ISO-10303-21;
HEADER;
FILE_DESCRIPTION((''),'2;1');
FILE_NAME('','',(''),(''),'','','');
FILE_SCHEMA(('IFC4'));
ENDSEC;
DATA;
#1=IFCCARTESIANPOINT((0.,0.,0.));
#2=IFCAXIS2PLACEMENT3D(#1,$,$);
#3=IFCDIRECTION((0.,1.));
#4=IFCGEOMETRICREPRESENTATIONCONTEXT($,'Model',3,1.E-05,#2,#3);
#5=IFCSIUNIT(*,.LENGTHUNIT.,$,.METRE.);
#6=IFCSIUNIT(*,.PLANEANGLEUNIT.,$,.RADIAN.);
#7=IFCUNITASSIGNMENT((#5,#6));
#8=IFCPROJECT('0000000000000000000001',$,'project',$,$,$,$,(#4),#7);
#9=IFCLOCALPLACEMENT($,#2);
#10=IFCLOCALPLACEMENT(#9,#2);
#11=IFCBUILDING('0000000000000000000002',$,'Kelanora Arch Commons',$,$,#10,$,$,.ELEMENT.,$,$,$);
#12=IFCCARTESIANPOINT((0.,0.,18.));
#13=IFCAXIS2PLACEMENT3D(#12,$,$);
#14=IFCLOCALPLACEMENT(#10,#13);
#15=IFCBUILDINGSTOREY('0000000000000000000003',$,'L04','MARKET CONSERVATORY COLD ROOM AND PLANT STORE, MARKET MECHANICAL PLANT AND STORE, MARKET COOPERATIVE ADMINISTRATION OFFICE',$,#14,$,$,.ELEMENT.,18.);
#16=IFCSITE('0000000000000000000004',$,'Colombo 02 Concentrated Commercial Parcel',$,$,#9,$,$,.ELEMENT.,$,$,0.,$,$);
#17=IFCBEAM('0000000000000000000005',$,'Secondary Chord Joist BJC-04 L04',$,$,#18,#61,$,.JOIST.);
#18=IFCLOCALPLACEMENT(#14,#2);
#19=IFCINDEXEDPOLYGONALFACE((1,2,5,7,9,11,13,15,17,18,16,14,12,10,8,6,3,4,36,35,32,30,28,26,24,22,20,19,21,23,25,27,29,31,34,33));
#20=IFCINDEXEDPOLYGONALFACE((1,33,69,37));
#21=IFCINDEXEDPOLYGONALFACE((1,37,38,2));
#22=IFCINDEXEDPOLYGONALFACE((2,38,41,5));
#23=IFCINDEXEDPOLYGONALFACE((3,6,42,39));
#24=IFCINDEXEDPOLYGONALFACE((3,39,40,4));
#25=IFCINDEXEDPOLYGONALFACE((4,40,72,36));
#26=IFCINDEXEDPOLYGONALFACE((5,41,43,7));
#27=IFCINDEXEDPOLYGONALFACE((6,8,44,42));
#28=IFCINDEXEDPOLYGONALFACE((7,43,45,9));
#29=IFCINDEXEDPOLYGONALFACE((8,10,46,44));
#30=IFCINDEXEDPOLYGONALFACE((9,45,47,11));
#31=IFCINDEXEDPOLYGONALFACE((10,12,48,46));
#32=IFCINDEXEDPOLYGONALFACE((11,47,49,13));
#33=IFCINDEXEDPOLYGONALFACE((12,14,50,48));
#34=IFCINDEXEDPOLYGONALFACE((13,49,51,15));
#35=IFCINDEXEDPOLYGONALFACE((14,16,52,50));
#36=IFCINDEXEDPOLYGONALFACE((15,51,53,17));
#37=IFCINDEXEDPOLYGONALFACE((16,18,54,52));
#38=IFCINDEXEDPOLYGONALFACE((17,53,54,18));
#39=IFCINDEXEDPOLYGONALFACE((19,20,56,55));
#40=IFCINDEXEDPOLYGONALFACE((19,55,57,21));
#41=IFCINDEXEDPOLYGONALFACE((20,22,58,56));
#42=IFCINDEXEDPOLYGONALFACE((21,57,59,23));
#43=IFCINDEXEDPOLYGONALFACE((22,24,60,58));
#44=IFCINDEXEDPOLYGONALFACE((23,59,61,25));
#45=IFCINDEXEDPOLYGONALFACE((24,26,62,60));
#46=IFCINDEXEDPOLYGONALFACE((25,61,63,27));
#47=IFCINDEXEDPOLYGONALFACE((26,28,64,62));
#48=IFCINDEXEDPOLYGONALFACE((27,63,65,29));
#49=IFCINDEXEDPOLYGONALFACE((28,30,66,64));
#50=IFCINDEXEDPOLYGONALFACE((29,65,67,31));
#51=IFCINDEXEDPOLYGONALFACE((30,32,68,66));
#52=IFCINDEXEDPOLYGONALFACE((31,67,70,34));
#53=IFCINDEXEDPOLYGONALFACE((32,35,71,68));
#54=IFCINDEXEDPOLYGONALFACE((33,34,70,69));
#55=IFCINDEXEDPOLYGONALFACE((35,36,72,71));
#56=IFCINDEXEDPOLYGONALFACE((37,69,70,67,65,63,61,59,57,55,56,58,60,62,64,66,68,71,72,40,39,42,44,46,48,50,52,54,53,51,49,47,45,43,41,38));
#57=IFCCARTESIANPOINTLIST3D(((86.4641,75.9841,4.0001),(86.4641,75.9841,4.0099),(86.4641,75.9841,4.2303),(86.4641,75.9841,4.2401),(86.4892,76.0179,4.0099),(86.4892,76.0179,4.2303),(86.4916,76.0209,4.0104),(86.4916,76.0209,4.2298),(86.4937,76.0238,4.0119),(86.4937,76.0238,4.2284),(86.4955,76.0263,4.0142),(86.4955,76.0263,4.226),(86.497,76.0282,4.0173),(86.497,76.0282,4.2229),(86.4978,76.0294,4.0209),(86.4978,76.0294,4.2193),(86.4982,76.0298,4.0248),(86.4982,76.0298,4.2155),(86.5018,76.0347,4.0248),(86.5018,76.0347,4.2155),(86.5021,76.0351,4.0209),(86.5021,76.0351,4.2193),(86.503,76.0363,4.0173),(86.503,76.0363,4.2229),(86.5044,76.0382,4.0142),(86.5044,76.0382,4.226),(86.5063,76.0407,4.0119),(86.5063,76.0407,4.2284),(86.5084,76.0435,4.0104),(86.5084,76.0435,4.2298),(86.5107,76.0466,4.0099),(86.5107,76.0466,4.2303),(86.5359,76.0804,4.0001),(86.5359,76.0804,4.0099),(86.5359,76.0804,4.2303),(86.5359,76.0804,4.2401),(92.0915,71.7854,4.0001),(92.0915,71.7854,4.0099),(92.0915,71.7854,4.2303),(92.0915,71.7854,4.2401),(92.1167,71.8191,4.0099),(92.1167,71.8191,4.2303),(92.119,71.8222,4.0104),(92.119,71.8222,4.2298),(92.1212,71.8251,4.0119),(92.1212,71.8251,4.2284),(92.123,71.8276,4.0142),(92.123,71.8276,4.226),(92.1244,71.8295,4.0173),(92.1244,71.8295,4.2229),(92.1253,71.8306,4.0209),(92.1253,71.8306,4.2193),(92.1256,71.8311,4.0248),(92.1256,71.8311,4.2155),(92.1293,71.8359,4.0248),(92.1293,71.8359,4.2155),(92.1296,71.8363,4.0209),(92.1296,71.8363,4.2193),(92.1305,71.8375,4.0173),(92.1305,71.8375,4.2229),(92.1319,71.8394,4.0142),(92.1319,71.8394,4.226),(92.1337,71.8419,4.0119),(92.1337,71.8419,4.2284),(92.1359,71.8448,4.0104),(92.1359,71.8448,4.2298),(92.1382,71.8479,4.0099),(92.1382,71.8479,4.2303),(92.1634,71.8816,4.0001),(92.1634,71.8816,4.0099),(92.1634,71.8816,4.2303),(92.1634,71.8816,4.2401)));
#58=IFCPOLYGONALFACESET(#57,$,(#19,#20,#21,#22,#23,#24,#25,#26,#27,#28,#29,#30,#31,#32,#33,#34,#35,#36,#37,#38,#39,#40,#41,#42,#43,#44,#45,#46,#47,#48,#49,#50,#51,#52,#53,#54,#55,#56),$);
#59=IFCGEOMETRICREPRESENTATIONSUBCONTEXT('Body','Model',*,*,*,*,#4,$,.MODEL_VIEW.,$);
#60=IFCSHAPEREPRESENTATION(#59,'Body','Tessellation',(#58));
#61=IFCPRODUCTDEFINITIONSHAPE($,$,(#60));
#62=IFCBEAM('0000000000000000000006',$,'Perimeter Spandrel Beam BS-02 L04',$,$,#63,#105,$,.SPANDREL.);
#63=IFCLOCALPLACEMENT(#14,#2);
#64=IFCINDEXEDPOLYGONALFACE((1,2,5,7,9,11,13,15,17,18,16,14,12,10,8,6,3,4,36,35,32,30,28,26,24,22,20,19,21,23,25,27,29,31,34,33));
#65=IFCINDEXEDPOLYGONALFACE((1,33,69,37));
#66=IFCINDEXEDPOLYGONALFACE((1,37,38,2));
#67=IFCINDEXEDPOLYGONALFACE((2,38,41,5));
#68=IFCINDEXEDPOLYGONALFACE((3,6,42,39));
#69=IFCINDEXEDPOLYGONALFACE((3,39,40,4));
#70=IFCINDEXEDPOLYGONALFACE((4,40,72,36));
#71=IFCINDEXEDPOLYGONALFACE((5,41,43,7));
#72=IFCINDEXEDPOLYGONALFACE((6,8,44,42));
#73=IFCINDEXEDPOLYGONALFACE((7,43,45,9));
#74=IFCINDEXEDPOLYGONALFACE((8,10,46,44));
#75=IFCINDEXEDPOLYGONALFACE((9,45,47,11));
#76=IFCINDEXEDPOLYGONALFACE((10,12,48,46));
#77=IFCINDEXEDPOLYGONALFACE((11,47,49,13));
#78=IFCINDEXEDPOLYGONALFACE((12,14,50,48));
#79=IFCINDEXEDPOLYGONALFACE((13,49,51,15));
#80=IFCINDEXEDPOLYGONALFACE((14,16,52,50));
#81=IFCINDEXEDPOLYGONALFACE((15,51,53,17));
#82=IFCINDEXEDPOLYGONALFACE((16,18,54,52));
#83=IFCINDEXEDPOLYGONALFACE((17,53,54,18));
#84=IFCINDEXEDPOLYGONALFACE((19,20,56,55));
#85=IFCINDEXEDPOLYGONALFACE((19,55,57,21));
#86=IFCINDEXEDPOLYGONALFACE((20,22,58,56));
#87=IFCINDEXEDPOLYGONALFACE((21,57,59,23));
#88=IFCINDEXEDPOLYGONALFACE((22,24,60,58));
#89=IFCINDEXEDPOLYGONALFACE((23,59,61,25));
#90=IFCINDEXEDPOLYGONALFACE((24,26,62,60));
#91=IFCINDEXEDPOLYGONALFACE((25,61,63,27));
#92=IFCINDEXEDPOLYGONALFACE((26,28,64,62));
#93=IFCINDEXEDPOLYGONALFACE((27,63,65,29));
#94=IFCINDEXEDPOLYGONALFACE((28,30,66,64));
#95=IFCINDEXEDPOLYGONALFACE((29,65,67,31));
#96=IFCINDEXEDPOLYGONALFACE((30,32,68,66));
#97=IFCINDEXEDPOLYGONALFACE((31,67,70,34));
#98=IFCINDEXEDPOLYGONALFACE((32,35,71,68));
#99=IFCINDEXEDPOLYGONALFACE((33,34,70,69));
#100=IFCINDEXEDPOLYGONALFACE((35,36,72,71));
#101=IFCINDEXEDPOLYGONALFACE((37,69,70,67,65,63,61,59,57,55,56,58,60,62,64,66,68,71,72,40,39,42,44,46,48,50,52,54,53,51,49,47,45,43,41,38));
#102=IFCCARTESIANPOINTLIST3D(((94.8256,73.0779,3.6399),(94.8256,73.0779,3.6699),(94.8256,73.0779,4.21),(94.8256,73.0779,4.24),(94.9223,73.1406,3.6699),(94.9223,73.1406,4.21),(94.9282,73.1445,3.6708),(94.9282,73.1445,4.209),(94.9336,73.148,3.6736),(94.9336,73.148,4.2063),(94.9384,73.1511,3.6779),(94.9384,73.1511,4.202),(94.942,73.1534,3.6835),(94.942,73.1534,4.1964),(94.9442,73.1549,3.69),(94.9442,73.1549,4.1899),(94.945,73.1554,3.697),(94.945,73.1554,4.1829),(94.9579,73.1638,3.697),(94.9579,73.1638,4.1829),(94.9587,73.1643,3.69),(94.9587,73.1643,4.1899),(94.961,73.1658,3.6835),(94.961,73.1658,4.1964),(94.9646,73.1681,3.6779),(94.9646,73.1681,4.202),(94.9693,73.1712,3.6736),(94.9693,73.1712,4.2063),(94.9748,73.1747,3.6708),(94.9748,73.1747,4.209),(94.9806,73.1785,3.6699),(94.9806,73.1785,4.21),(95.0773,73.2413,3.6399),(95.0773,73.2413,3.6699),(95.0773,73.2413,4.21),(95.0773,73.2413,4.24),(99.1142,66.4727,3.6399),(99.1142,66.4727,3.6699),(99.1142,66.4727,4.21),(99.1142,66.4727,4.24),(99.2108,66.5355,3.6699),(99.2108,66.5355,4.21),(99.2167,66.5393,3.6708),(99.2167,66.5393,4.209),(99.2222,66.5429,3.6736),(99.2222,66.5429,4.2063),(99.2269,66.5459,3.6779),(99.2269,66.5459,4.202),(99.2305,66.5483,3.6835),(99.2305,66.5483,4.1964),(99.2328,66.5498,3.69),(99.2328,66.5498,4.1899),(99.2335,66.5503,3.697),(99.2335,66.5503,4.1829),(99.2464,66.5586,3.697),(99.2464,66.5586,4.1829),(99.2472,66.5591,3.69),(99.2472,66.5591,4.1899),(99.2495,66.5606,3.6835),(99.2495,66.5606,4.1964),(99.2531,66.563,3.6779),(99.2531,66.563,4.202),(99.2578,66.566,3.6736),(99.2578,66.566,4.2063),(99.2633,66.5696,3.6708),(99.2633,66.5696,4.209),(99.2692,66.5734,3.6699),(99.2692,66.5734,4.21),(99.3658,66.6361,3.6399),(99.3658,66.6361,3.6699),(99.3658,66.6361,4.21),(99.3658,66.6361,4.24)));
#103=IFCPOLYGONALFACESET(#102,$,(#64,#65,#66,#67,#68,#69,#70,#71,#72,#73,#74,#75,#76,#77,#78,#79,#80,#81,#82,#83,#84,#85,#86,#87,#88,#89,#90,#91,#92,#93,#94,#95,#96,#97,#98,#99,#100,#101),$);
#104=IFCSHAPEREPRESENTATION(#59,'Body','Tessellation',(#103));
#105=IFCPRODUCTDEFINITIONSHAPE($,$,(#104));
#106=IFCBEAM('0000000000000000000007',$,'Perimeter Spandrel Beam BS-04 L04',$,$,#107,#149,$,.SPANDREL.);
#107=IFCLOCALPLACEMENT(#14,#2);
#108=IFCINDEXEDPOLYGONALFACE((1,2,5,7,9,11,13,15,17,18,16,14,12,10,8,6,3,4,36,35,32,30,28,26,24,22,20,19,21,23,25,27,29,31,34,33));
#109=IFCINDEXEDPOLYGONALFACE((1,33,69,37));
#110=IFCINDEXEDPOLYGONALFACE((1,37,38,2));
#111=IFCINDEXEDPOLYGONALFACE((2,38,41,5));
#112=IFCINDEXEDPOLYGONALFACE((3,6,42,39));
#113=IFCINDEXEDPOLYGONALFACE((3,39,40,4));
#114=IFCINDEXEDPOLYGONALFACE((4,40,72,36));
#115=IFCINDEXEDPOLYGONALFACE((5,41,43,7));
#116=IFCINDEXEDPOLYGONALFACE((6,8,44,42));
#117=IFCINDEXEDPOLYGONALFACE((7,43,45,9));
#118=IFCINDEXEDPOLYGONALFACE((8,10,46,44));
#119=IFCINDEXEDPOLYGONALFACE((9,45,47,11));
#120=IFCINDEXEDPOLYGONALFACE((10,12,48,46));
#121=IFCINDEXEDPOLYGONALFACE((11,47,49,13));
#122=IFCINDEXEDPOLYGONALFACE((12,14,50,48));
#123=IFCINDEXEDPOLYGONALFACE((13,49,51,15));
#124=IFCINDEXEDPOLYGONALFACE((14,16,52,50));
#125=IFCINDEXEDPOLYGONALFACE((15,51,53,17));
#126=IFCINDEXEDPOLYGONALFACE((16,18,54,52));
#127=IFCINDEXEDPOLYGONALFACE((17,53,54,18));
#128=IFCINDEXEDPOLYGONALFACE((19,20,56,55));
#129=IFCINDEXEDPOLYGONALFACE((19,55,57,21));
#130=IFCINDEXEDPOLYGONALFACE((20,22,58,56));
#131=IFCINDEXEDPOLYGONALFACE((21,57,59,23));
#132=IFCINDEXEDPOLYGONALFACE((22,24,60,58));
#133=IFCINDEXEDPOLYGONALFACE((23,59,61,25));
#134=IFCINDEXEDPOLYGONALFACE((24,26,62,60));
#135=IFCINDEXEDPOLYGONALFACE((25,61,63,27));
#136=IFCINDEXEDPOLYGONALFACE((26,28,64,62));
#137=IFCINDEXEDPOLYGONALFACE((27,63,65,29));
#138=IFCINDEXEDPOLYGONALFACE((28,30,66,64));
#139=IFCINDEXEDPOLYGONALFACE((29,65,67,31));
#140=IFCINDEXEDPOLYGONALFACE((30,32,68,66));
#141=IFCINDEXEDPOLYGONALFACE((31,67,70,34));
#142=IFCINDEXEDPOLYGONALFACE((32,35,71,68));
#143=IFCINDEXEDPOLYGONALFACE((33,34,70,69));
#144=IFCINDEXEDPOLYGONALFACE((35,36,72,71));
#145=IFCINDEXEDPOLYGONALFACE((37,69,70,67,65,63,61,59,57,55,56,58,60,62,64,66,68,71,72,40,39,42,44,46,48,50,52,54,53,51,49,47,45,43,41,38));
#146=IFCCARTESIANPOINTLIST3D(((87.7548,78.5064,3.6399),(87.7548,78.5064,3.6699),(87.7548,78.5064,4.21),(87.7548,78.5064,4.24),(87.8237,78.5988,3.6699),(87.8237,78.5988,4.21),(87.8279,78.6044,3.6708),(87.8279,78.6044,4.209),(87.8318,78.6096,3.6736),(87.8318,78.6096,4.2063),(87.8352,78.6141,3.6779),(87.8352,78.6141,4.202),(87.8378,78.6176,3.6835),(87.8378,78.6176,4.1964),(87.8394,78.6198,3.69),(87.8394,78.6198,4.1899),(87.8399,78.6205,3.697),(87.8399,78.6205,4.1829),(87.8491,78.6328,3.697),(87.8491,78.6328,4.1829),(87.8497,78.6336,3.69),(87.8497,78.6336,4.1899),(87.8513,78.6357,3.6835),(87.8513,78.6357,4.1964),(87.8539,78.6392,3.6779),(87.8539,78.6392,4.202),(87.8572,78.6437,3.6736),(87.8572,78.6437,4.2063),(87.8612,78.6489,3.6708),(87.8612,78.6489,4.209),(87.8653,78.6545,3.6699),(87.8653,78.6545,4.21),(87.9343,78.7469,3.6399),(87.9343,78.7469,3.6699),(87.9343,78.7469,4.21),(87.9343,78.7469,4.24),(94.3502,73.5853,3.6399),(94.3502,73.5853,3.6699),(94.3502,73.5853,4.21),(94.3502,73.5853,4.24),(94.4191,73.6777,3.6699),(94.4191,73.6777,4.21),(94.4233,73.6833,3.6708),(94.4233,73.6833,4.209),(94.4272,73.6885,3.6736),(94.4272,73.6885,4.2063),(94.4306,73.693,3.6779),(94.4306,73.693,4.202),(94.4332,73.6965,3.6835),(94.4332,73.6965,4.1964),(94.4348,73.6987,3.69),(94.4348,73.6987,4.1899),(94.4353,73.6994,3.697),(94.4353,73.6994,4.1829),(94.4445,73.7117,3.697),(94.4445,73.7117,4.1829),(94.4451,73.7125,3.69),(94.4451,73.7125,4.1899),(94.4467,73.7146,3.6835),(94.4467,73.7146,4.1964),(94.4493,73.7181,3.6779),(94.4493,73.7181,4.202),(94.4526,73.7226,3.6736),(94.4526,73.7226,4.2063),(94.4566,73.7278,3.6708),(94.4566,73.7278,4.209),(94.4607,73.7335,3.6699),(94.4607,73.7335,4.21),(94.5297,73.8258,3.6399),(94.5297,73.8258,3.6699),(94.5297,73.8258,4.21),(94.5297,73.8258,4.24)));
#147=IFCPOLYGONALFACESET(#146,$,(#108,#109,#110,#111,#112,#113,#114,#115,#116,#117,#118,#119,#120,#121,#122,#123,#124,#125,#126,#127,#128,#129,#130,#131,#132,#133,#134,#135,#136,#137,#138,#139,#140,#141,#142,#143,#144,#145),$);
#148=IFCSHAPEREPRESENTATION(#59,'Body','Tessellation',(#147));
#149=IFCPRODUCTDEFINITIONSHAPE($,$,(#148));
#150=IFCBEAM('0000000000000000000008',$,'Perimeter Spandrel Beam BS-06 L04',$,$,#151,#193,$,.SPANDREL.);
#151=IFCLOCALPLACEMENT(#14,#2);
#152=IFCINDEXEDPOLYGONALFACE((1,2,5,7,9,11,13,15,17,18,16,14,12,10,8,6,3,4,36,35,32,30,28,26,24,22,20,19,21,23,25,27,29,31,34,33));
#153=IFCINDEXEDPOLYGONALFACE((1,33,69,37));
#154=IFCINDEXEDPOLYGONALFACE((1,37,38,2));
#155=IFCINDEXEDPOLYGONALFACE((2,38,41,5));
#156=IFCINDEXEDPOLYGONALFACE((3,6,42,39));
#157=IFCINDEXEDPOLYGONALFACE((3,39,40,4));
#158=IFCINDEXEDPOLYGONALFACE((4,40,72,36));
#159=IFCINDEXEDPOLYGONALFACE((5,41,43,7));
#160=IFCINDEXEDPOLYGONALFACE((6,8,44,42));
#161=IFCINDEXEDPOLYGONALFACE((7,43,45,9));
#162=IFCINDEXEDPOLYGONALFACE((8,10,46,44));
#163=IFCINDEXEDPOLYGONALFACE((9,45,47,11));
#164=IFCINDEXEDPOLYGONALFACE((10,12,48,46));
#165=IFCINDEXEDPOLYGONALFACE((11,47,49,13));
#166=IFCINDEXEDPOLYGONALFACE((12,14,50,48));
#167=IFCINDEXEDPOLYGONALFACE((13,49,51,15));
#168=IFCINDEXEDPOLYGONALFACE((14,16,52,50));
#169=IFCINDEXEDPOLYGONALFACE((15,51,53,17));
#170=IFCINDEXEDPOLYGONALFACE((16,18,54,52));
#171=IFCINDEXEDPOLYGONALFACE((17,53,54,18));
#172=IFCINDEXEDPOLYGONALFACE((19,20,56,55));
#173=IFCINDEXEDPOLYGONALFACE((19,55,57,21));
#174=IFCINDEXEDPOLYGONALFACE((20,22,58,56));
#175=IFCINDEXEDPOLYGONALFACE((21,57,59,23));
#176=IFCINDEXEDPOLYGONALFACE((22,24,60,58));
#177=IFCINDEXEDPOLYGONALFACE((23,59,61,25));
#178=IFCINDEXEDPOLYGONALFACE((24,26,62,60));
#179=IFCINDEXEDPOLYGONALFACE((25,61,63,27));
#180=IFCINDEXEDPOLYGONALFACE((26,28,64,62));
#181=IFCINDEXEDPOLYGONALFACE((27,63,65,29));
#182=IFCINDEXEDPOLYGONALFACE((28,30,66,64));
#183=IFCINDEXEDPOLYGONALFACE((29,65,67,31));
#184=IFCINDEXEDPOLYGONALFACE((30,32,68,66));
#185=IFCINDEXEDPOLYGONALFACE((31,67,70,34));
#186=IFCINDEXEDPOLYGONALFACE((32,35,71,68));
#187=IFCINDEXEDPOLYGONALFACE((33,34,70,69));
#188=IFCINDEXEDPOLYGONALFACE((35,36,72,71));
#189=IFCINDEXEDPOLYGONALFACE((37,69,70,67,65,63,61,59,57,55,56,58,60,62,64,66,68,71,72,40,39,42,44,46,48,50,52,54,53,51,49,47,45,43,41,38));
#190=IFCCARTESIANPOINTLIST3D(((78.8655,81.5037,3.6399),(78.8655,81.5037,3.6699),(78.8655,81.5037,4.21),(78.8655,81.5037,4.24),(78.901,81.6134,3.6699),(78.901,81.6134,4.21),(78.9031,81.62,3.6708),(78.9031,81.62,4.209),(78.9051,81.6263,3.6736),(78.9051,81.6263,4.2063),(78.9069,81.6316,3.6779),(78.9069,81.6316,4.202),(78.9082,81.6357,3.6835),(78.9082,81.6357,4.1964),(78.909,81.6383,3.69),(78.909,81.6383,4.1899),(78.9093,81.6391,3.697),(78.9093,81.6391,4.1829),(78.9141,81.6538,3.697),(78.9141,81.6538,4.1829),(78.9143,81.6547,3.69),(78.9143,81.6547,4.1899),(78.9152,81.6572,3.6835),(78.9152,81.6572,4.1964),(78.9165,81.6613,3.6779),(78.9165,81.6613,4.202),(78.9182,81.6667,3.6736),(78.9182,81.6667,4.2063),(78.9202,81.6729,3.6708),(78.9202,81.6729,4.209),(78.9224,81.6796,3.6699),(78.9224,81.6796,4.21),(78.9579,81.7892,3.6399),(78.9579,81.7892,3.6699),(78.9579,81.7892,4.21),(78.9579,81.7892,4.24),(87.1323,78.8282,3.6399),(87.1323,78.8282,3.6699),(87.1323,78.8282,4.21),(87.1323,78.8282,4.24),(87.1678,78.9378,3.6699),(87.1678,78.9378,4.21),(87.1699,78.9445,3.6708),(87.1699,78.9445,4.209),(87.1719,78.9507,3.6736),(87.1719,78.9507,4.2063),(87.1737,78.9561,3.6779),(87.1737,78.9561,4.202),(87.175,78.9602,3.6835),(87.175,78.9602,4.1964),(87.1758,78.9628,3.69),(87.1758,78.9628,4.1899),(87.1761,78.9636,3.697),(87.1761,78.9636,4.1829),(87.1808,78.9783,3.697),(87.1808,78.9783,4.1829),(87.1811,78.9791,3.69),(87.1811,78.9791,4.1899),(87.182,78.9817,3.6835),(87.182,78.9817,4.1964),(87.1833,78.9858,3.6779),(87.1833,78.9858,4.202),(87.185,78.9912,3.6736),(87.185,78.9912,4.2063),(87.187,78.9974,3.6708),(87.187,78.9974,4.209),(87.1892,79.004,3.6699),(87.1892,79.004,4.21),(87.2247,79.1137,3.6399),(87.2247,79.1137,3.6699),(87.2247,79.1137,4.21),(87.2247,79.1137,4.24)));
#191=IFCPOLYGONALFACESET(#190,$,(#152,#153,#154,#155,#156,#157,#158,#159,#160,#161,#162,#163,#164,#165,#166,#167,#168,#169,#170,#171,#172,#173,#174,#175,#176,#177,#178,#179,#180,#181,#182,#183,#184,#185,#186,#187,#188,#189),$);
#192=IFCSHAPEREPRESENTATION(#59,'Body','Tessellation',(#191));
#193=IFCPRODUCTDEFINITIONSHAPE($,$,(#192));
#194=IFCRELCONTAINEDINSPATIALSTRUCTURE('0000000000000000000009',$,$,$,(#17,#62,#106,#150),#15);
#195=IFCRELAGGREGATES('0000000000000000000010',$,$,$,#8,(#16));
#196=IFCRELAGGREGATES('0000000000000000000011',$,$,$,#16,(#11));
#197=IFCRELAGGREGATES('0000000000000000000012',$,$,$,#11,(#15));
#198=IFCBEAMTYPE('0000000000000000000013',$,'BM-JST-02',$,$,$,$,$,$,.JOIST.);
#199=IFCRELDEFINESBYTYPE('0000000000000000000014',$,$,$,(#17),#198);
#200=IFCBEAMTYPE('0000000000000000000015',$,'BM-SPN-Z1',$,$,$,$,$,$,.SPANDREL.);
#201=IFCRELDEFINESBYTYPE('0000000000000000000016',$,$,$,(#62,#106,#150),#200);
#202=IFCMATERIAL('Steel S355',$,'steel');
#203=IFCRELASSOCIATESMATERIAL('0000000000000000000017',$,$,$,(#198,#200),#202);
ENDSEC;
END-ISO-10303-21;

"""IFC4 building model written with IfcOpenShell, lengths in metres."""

from ifc_helpers import new_model, si_unit, direction, frame, origin, origin_2d, place, context, subcontext, project, spatial, i_section, extrude, material, material_profile, profile_set, type_object, element, save


model = new_model("IFC4")

# Units and contexts
model_context = context("Model", 3, precision=1e-05, world=origin(), true_north=direction((0.0, 1.0)))
body_context = subcontext(model_context, "Body", "Model", "MODEL_VIEW")
ifc_project = project(units=[si_unit("LENGTHUNIT", "METRE"), si_unit("PLANEANGLEUNIT", "RADIAN")], contexts=[model_context])

# Site, building, storey
site_placement = place(None, origin())
site = spatial("IfcSite", under=ifc_project, at=site_placement, Name="Colombo 02 Concentrated Commercial Parcel", CompositionType="ELEMENT", RefElevation=0.0)
building_placement = place(site_placement, origin())
building = spatial("IfcBuilding", under=site, at=building_placement, Name="Kelanora Arch Commons", CompositionType="ELEMENT")
storey_placement = place(building_placement, frame((0.0, 0.0, 18.0)))
storey = spatial("IfcBuildingStorey", under=building, at=storey_placement, Name="L04", Description="MARKET CONSERVATORY COLD ROOM AND PLANT STORE, MARKET MECHANICAL PLANT AND STORE, MARKET COOPERATIVE ADMINISTRATION OFFICE", CompositionType="ELEMENT", Elevation=18.0)

# Beams
ifc_material_1 = material(Name="Steel S355", Category="steel")
ifc_material_profile_1 = material_profile(ifc_material_1, i_section(OverallWidth=0.1201, OverallDepth=0.24, WebThickness=0.0061, FlangeThickness=0.0098, FilletRadius=0.0149, at=origin_2d()), Name="IPE240")
ifc_profile_set_1 = profile_set([ifc_material_profile_1], Name="Steel S355")
beam_type_1 = type_object("IfcBeamType", Name="BM-JST-02", PredefinedType="JOIST", material=ifc_profile_set_1)
beam_1_placement = place(storey_placement, frame((92.1274, 71.8335, 4.1201), z_axis=(-0.801491, 0.598006, 0.0), x_axis=(-0.598006, -0.801491, 0.0)))
element("IfcBeam", 1, at=beam_1_placement, inside=storey, type_object=beam_type_1, Name="Secondary Chord Joist BJC-04 L04", PredefinedType="JOIST", context=body_context, shape_type="SweptSolid", body=[
    extrude(i_section(OverallWidth=0.1201, OverallDepth=0.24, WebThickness=0.0061, FlangeThickness=0.0098, FilletRadius=0.0149, at=origin_2d()), origin(), (0.0, 0.0, 1.0), 7.0212),
])
ifc_material_profile_2 = material_profile(ifc_material_1, i_section(OverallWidth=0.3, OverallDepth=0.6001, WebThickness=0.0154, FlangeThickness=0.03, FilletRadius=0.0271, at=origin_2d()), Name="HEB600")
ifc_profile_set_2 = profile_set([ifc_material_profile_2], Name="Steel S355")
beam_type_2 = type_object("IfcBeamType", Name="BM-SPN-Z1", PredefinedType="SPANDREL", material=ifc_profile_set_2)
beam_2_placement = place(storey_placement, frame((99.24, 66.5544, 3.9399), z_axis=(-0.544558, 0.838723, 0.0), x_axis=(-0.838723, -0.544558, 0.0)))
element("IfcBeam", 2, at=beam_2_placement, inside=storey, type_object=beam_type_2, Name="Perimeter Spandrel Beam BS-02 L04", PredefinedType="SPANDREL", context=body_context, shape_type="SweptSolid", body=[
    extrude(i_section(OverallWidth=0.3, OverallDepth=0.6001, WebThickness=0.0154, FlangeThickness=0.03, FilletRadius=0.0271, at=origin_2d()), origin(), (0.0, 0.0, 1.0), 7.8752),
])
beam_3_placement = place(storey_placement, frame((94.4399, 73.7056, 3.9399), z_axis=(-0.801482, 0.598019, 0.0), x_axis=(-0.598019, -0.801482, 0.0)))
element("IfcBeam", 3, at=beam_3_placement, inside=storey, type_object=beam_type_2, Name="Perimeter Spandrel Beam BS-04 L04", PredefinedType="SPANDREL", context=body_context, shape_type="SweptSolid", body=[
    extrude(i_section(OverallWidth=0.3, OverallDepth=0.6001, WebThickness=0.0154, FlangeThickness=0.03, FilletRadius=0.0271, at=origin_2d()), origin(), (0.0, 0.0, 1.0), 8.229),
])
beam_4_placement = place(storey_placement, frame((87.1785, 78.9709, 3.9399), z_axis=(-0.951412, 0.307921, 0.0), x_axis=(-0.307921, -0.951412, 0.0)))
element("IfcBeam", 4, at=beam_4_placement, inside=storey, type_object=beam_type_2, Name="Perimeter Spandrel Beam BS-06 L04", PredefinedType="SPANDREL", context=body_context, shape_type="SweptSolid", body=[
    extrude(i_section(OverallWidth=0.3, OverallDepth=0.6001, WebThickness=0.0154, FlangeThickness=0.03, FilletRadius=0.0271, at=origin_2d()), origin(), (0.0, 0.0, 1.0), 8.689),
])

save(model, "model.ifc")
